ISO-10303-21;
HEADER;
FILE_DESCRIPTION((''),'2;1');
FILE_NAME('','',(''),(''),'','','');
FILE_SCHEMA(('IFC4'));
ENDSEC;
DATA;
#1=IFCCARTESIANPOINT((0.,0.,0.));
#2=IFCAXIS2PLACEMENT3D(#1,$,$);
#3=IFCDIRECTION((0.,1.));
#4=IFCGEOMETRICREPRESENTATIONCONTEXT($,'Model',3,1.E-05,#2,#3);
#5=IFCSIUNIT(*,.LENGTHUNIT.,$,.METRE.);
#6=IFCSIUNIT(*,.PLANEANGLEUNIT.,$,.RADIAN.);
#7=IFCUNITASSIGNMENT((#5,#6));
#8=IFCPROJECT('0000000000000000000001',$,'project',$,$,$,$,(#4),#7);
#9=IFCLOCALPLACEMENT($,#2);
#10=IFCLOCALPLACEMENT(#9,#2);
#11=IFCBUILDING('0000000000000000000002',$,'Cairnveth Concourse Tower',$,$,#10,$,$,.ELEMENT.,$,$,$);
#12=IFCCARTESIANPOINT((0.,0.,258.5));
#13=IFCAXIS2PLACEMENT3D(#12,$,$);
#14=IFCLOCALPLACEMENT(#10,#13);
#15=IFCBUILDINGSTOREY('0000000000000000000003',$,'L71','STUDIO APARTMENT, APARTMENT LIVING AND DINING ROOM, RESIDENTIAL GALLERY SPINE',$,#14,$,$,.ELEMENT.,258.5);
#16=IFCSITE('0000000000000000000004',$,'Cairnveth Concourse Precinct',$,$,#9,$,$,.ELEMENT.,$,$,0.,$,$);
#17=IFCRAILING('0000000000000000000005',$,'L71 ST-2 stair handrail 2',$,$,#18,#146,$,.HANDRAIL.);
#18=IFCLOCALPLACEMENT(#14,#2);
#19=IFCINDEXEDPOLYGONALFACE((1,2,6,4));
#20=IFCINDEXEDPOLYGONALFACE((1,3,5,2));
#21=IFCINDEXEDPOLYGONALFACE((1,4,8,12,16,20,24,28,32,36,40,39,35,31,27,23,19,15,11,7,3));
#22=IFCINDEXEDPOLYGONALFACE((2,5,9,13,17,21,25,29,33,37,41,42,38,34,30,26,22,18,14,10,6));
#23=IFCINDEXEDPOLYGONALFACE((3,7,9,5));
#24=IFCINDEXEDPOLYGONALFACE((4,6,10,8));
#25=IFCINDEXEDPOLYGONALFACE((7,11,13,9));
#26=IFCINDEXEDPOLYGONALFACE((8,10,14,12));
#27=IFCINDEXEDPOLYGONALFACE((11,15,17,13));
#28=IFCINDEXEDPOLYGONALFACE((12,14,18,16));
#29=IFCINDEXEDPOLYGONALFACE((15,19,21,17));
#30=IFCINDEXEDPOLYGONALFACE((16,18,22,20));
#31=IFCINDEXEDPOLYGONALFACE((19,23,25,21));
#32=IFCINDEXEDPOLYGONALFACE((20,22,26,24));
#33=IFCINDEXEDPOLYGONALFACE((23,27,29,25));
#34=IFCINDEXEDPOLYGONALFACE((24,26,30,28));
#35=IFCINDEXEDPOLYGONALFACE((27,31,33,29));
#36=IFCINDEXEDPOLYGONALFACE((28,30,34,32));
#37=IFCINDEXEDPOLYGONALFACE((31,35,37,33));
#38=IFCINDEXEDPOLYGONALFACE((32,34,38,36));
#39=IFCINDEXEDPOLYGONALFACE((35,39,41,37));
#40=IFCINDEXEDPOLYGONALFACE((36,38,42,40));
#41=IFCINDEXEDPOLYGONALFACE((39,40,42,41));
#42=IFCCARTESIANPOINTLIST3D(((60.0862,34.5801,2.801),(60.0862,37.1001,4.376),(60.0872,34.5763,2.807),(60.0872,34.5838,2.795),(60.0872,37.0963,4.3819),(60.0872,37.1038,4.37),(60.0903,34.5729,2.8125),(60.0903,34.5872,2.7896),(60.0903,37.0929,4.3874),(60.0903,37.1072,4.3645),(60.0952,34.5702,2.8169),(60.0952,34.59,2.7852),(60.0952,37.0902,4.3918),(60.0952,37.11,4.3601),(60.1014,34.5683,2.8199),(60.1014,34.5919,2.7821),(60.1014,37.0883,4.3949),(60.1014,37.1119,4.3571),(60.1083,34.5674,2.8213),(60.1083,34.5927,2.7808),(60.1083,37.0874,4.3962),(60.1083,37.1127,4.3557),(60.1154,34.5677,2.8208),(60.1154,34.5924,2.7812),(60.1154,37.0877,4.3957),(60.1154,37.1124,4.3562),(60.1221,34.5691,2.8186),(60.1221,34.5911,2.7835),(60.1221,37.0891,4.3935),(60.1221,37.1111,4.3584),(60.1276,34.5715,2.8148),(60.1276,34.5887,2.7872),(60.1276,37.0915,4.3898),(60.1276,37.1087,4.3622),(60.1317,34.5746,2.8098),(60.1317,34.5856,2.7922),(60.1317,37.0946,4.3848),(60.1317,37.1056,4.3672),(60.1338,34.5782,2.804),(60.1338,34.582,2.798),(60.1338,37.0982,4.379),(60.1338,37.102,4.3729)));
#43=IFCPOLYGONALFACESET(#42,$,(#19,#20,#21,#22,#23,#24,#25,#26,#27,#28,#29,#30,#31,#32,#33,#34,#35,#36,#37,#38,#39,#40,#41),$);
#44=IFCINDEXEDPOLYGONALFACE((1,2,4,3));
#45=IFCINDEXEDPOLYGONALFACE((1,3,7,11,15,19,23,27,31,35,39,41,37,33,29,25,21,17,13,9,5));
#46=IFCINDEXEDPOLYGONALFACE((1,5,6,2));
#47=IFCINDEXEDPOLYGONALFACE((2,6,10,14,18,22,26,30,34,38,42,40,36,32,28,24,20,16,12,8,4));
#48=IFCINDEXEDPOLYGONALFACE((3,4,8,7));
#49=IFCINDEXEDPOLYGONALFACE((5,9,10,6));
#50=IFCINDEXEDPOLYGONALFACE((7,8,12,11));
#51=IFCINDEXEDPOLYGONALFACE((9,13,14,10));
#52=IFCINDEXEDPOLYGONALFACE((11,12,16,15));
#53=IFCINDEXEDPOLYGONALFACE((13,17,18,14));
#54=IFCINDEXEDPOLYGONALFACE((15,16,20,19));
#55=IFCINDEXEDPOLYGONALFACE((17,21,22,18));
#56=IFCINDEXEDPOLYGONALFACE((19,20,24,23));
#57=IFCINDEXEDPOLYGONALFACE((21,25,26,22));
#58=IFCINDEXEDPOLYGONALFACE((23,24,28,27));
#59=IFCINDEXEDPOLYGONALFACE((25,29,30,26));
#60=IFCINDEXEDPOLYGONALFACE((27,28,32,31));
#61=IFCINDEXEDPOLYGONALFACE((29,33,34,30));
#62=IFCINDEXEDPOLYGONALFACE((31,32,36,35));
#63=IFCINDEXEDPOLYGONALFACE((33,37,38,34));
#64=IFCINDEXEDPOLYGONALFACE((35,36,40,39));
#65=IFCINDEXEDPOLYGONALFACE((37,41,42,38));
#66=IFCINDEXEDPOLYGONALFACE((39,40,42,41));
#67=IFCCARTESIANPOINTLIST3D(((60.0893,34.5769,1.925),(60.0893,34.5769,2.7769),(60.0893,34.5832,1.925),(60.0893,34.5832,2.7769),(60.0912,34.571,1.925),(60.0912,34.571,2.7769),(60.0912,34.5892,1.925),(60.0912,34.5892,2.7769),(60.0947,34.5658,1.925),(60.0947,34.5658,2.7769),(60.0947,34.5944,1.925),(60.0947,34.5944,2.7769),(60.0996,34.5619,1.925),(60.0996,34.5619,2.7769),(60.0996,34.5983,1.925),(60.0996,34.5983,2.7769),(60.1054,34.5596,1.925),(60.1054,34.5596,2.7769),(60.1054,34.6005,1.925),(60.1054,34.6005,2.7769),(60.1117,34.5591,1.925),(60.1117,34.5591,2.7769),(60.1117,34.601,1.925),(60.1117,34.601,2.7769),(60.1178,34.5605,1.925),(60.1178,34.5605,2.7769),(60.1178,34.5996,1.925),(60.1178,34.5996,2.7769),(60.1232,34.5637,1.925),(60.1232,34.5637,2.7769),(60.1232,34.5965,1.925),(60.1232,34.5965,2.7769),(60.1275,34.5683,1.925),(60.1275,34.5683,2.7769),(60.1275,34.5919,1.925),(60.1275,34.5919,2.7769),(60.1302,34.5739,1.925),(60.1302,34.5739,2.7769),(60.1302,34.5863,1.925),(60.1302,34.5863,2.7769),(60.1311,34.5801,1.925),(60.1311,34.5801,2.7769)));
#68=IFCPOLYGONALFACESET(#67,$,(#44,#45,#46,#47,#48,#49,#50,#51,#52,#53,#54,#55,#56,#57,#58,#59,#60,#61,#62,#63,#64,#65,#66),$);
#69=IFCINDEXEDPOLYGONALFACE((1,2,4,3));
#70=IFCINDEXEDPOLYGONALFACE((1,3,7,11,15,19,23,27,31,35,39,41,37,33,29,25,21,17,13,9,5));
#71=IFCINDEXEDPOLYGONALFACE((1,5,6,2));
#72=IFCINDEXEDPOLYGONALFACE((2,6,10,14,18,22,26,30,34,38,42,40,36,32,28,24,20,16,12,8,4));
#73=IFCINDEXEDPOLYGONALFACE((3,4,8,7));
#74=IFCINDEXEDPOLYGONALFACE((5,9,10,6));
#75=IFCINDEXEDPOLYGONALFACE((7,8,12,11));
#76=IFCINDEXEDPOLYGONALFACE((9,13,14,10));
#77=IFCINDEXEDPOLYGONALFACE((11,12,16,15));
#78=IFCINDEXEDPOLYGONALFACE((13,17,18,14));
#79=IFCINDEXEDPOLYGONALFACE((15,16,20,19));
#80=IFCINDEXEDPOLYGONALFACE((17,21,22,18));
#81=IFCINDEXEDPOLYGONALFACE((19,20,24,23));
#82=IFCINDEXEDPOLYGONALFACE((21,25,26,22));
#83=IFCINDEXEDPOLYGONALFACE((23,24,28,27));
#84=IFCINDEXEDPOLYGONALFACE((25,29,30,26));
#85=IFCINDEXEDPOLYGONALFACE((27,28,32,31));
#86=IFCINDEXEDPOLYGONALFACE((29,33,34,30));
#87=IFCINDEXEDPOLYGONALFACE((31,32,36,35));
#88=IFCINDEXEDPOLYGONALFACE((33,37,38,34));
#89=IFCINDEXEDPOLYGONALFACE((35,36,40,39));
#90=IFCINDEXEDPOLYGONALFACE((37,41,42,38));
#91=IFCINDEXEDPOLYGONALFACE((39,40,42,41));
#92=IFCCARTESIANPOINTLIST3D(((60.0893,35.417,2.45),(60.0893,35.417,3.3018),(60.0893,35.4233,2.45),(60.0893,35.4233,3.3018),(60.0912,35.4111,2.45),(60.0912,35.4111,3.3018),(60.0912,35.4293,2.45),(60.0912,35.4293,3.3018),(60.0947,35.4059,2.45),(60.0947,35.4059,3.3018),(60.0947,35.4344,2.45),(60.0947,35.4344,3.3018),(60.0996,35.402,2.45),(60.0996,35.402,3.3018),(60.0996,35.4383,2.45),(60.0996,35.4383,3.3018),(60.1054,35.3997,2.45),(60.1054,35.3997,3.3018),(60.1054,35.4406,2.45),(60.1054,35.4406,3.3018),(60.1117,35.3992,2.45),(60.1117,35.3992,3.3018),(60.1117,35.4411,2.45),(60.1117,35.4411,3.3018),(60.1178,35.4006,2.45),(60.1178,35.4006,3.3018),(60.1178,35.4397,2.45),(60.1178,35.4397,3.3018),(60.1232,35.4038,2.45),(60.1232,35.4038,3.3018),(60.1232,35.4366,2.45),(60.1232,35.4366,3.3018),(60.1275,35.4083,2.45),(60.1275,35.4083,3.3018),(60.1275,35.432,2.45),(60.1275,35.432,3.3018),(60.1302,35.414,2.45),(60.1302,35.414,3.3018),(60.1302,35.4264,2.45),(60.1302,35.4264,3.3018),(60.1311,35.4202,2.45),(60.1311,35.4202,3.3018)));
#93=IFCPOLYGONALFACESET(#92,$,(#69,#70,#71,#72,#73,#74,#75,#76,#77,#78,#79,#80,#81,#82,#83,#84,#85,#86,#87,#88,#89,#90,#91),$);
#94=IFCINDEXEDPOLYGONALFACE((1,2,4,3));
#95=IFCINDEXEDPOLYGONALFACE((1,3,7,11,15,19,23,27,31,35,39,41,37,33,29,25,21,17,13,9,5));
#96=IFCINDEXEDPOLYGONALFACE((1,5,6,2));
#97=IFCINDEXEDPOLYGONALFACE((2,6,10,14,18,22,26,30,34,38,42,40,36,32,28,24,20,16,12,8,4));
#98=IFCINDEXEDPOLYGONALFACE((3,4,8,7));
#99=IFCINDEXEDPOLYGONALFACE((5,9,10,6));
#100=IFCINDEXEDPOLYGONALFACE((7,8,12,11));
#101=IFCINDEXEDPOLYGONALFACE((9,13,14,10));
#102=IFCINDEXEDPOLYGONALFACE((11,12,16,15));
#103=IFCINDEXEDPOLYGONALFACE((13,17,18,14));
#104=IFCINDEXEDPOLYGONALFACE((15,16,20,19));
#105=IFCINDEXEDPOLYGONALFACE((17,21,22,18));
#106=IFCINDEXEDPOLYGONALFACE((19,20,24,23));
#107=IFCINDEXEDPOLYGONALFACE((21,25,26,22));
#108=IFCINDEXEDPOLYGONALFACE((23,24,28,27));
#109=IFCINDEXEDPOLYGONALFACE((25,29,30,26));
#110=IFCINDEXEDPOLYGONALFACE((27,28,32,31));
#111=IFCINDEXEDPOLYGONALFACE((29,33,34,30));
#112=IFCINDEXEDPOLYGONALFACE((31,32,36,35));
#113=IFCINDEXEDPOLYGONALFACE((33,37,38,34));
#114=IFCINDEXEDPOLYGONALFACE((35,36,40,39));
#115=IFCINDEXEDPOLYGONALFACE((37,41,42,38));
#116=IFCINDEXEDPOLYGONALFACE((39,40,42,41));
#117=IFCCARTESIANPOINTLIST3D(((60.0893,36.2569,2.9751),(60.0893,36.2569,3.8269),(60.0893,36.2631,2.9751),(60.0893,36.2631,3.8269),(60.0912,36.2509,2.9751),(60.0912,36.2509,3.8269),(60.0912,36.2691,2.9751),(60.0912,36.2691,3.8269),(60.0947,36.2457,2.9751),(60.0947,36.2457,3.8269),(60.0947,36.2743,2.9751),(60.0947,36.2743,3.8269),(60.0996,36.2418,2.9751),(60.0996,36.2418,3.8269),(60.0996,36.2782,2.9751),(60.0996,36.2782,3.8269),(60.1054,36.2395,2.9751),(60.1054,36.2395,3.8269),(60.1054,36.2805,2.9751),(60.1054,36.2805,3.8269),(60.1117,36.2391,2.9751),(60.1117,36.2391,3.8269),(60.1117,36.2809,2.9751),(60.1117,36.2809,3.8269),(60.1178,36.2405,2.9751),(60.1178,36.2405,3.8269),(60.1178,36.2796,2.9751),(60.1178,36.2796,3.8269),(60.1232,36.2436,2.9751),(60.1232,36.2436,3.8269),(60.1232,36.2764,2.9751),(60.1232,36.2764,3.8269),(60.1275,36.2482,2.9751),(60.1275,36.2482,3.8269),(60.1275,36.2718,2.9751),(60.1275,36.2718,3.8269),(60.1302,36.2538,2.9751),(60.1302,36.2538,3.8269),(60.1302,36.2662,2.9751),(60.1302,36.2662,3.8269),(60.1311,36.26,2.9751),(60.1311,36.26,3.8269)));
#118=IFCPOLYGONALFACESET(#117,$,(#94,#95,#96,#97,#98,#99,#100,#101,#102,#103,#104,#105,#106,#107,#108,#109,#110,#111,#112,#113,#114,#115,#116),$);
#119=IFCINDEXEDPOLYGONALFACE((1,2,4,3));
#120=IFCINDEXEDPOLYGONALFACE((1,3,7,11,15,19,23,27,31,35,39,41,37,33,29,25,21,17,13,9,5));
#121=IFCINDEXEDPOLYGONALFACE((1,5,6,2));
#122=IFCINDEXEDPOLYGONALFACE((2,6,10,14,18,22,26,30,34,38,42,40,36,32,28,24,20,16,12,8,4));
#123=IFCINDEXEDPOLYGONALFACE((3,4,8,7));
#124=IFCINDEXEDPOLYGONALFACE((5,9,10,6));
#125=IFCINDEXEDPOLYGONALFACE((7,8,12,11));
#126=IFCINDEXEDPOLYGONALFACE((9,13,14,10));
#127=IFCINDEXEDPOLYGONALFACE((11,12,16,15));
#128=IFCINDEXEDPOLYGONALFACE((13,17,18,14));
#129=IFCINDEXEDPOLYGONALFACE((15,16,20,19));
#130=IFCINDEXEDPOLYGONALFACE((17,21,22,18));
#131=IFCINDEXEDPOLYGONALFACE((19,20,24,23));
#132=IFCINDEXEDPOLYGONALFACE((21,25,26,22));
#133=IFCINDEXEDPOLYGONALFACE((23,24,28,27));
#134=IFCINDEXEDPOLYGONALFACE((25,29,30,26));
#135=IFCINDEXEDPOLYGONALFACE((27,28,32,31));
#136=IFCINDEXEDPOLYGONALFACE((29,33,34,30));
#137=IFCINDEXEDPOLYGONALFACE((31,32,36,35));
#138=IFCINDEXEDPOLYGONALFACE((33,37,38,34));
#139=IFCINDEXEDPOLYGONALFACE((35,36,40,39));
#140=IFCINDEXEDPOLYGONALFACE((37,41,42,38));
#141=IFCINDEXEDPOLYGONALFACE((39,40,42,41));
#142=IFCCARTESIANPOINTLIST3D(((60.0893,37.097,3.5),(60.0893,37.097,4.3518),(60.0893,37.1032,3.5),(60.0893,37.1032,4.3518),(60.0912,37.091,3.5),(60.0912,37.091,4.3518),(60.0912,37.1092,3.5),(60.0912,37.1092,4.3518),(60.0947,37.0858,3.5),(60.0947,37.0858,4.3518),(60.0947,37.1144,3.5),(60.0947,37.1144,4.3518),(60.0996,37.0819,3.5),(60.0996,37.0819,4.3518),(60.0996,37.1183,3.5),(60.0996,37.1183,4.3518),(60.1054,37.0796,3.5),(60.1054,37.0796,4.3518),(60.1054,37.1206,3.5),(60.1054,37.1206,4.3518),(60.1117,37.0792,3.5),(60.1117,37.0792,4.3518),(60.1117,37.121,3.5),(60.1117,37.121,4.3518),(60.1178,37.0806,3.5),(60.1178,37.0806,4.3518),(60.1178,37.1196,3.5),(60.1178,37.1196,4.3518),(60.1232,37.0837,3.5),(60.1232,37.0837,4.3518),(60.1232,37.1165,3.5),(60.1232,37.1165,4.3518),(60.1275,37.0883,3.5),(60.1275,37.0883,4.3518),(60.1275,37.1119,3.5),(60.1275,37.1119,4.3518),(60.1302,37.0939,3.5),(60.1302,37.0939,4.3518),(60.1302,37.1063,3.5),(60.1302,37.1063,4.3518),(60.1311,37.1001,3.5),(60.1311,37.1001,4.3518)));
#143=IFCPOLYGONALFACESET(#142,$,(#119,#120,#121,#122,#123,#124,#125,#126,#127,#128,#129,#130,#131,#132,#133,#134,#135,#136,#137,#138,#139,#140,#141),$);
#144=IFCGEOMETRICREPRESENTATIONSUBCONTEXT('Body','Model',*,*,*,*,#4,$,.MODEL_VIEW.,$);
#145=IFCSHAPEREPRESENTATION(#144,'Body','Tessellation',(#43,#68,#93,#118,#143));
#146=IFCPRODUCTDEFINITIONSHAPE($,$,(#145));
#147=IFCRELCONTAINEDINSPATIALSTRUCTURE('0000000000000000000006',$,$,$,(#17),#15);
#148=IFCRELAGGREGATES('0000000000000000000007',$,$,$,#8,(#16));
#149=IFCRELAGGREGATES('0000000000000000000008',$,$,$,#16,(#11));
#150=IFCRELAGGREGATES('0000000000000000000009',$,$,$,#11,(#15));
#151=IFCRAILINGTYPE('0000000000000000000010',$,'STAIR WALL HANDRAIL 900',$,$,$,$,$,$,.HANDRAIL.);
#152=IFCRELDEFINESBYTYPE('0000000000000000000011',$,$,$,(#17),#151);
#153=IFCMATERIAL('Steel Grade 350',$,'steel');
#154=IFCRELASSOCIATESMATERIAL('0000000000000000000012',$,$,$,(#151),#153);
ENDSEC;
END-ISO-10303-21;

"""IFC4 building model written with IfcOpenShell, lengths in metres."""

from ifc_helpers import new_model, si_unit, direction, frame, origin, origin_2d, place, context, subcontext, project, spatial, circle, extrude, material, type_object, element, save


model = new_model("IFC4")

# Units and contexts
model_context = context("Model", 3, precision=1e-05, world=origin(), true_north=direction((0.0, 1.0)))
body_context = subcontext(model_context, "Body", "Model", "MODEL_VIEW")
ifc_project = project(units=[si_unit("LENGTHUNIT", "METRE"), si_unit("PLANEANGLEUNIT", "RADIAN")], contexts=[model_context])

# Site, building, storey
site_placement = place(None, origin())
site = spatial("IfcSite", under=ifc_project, at=site_placement, Name="Cairnveth Concourse Precinct", CompositionType="ELEMENT", RefElevation=0.0)
building_placement = place(site_placement, origin())
building = spatial("IfcBuilding", under=site, at=building_placement, Name="Cairnveth Concourse Tower", CompositionType="ELEMENT")
storey_placement = place(building_placement, frame((0.0, 0.0, 258.5)))
storey = spatial("IfcBuildingStorey", under=building, at=storey_placement, Name="L71", Description="STUDIO APARTMENT, APARTMENT LIVING AND DINING ROOM, RESIDENTIAL GALLERY SPINE", CompositionType="ELEMENT", Elevation=258.5)

# Shared definitions
ifc_material_1 = material(Name="Steel Grade 350", Category="steel")

# Railing
railing_type_1 = type_object("IfcRailingType", Name="STAIR WALL HANDRAIL 900", PredefinedType="HANDRAIL", material=ifc_material_1)
railing_1_placement = place(storey_placement, frame((60.1101, 34.5801, 1.925)))
element("IfcRailing", 1, at=railing_1_placement, inside=storey, type_object=railing_type_1, Name="L71 ST-2 stair handrail 2", PredefinedType="HANDRAIL", context=body_context, shape_type="SweptSolid", body=[
    extrude(circle(Radius=0.0239, at=origin_2d()), frame((0.0, 0.0, 0.876), z_axis=(0.0, 0.848008, 0.529984), x_axis=(-1.0, 0.0, 0.0)), (0.0, 0.0, 1.0), 2.9717),
    extrude(circle(Radius=0.021, at=origin_2d()), origin(), (0.0, 0.0, 1.0), 0.8518),
    extrude(circle(Radius=0.021, at=origin_2d()), frame((0.0, 0.8401, 0.5249)), (0.0, 0.0, 1.0), 0.8518),
    extrude(circle(Radius=0.021, at=origin_2d()), frame((0.0, 1.6799, 1.05)), (0.0, 0.0, 1.0), 0.8518),
    extrude(circle(Radius=0.021, at=origin_2d()), frame((0.0, 2.52, 1.575)), (0.0, 0.0, 1.0), 0.8518),
])

save(model, "model.ifc")
